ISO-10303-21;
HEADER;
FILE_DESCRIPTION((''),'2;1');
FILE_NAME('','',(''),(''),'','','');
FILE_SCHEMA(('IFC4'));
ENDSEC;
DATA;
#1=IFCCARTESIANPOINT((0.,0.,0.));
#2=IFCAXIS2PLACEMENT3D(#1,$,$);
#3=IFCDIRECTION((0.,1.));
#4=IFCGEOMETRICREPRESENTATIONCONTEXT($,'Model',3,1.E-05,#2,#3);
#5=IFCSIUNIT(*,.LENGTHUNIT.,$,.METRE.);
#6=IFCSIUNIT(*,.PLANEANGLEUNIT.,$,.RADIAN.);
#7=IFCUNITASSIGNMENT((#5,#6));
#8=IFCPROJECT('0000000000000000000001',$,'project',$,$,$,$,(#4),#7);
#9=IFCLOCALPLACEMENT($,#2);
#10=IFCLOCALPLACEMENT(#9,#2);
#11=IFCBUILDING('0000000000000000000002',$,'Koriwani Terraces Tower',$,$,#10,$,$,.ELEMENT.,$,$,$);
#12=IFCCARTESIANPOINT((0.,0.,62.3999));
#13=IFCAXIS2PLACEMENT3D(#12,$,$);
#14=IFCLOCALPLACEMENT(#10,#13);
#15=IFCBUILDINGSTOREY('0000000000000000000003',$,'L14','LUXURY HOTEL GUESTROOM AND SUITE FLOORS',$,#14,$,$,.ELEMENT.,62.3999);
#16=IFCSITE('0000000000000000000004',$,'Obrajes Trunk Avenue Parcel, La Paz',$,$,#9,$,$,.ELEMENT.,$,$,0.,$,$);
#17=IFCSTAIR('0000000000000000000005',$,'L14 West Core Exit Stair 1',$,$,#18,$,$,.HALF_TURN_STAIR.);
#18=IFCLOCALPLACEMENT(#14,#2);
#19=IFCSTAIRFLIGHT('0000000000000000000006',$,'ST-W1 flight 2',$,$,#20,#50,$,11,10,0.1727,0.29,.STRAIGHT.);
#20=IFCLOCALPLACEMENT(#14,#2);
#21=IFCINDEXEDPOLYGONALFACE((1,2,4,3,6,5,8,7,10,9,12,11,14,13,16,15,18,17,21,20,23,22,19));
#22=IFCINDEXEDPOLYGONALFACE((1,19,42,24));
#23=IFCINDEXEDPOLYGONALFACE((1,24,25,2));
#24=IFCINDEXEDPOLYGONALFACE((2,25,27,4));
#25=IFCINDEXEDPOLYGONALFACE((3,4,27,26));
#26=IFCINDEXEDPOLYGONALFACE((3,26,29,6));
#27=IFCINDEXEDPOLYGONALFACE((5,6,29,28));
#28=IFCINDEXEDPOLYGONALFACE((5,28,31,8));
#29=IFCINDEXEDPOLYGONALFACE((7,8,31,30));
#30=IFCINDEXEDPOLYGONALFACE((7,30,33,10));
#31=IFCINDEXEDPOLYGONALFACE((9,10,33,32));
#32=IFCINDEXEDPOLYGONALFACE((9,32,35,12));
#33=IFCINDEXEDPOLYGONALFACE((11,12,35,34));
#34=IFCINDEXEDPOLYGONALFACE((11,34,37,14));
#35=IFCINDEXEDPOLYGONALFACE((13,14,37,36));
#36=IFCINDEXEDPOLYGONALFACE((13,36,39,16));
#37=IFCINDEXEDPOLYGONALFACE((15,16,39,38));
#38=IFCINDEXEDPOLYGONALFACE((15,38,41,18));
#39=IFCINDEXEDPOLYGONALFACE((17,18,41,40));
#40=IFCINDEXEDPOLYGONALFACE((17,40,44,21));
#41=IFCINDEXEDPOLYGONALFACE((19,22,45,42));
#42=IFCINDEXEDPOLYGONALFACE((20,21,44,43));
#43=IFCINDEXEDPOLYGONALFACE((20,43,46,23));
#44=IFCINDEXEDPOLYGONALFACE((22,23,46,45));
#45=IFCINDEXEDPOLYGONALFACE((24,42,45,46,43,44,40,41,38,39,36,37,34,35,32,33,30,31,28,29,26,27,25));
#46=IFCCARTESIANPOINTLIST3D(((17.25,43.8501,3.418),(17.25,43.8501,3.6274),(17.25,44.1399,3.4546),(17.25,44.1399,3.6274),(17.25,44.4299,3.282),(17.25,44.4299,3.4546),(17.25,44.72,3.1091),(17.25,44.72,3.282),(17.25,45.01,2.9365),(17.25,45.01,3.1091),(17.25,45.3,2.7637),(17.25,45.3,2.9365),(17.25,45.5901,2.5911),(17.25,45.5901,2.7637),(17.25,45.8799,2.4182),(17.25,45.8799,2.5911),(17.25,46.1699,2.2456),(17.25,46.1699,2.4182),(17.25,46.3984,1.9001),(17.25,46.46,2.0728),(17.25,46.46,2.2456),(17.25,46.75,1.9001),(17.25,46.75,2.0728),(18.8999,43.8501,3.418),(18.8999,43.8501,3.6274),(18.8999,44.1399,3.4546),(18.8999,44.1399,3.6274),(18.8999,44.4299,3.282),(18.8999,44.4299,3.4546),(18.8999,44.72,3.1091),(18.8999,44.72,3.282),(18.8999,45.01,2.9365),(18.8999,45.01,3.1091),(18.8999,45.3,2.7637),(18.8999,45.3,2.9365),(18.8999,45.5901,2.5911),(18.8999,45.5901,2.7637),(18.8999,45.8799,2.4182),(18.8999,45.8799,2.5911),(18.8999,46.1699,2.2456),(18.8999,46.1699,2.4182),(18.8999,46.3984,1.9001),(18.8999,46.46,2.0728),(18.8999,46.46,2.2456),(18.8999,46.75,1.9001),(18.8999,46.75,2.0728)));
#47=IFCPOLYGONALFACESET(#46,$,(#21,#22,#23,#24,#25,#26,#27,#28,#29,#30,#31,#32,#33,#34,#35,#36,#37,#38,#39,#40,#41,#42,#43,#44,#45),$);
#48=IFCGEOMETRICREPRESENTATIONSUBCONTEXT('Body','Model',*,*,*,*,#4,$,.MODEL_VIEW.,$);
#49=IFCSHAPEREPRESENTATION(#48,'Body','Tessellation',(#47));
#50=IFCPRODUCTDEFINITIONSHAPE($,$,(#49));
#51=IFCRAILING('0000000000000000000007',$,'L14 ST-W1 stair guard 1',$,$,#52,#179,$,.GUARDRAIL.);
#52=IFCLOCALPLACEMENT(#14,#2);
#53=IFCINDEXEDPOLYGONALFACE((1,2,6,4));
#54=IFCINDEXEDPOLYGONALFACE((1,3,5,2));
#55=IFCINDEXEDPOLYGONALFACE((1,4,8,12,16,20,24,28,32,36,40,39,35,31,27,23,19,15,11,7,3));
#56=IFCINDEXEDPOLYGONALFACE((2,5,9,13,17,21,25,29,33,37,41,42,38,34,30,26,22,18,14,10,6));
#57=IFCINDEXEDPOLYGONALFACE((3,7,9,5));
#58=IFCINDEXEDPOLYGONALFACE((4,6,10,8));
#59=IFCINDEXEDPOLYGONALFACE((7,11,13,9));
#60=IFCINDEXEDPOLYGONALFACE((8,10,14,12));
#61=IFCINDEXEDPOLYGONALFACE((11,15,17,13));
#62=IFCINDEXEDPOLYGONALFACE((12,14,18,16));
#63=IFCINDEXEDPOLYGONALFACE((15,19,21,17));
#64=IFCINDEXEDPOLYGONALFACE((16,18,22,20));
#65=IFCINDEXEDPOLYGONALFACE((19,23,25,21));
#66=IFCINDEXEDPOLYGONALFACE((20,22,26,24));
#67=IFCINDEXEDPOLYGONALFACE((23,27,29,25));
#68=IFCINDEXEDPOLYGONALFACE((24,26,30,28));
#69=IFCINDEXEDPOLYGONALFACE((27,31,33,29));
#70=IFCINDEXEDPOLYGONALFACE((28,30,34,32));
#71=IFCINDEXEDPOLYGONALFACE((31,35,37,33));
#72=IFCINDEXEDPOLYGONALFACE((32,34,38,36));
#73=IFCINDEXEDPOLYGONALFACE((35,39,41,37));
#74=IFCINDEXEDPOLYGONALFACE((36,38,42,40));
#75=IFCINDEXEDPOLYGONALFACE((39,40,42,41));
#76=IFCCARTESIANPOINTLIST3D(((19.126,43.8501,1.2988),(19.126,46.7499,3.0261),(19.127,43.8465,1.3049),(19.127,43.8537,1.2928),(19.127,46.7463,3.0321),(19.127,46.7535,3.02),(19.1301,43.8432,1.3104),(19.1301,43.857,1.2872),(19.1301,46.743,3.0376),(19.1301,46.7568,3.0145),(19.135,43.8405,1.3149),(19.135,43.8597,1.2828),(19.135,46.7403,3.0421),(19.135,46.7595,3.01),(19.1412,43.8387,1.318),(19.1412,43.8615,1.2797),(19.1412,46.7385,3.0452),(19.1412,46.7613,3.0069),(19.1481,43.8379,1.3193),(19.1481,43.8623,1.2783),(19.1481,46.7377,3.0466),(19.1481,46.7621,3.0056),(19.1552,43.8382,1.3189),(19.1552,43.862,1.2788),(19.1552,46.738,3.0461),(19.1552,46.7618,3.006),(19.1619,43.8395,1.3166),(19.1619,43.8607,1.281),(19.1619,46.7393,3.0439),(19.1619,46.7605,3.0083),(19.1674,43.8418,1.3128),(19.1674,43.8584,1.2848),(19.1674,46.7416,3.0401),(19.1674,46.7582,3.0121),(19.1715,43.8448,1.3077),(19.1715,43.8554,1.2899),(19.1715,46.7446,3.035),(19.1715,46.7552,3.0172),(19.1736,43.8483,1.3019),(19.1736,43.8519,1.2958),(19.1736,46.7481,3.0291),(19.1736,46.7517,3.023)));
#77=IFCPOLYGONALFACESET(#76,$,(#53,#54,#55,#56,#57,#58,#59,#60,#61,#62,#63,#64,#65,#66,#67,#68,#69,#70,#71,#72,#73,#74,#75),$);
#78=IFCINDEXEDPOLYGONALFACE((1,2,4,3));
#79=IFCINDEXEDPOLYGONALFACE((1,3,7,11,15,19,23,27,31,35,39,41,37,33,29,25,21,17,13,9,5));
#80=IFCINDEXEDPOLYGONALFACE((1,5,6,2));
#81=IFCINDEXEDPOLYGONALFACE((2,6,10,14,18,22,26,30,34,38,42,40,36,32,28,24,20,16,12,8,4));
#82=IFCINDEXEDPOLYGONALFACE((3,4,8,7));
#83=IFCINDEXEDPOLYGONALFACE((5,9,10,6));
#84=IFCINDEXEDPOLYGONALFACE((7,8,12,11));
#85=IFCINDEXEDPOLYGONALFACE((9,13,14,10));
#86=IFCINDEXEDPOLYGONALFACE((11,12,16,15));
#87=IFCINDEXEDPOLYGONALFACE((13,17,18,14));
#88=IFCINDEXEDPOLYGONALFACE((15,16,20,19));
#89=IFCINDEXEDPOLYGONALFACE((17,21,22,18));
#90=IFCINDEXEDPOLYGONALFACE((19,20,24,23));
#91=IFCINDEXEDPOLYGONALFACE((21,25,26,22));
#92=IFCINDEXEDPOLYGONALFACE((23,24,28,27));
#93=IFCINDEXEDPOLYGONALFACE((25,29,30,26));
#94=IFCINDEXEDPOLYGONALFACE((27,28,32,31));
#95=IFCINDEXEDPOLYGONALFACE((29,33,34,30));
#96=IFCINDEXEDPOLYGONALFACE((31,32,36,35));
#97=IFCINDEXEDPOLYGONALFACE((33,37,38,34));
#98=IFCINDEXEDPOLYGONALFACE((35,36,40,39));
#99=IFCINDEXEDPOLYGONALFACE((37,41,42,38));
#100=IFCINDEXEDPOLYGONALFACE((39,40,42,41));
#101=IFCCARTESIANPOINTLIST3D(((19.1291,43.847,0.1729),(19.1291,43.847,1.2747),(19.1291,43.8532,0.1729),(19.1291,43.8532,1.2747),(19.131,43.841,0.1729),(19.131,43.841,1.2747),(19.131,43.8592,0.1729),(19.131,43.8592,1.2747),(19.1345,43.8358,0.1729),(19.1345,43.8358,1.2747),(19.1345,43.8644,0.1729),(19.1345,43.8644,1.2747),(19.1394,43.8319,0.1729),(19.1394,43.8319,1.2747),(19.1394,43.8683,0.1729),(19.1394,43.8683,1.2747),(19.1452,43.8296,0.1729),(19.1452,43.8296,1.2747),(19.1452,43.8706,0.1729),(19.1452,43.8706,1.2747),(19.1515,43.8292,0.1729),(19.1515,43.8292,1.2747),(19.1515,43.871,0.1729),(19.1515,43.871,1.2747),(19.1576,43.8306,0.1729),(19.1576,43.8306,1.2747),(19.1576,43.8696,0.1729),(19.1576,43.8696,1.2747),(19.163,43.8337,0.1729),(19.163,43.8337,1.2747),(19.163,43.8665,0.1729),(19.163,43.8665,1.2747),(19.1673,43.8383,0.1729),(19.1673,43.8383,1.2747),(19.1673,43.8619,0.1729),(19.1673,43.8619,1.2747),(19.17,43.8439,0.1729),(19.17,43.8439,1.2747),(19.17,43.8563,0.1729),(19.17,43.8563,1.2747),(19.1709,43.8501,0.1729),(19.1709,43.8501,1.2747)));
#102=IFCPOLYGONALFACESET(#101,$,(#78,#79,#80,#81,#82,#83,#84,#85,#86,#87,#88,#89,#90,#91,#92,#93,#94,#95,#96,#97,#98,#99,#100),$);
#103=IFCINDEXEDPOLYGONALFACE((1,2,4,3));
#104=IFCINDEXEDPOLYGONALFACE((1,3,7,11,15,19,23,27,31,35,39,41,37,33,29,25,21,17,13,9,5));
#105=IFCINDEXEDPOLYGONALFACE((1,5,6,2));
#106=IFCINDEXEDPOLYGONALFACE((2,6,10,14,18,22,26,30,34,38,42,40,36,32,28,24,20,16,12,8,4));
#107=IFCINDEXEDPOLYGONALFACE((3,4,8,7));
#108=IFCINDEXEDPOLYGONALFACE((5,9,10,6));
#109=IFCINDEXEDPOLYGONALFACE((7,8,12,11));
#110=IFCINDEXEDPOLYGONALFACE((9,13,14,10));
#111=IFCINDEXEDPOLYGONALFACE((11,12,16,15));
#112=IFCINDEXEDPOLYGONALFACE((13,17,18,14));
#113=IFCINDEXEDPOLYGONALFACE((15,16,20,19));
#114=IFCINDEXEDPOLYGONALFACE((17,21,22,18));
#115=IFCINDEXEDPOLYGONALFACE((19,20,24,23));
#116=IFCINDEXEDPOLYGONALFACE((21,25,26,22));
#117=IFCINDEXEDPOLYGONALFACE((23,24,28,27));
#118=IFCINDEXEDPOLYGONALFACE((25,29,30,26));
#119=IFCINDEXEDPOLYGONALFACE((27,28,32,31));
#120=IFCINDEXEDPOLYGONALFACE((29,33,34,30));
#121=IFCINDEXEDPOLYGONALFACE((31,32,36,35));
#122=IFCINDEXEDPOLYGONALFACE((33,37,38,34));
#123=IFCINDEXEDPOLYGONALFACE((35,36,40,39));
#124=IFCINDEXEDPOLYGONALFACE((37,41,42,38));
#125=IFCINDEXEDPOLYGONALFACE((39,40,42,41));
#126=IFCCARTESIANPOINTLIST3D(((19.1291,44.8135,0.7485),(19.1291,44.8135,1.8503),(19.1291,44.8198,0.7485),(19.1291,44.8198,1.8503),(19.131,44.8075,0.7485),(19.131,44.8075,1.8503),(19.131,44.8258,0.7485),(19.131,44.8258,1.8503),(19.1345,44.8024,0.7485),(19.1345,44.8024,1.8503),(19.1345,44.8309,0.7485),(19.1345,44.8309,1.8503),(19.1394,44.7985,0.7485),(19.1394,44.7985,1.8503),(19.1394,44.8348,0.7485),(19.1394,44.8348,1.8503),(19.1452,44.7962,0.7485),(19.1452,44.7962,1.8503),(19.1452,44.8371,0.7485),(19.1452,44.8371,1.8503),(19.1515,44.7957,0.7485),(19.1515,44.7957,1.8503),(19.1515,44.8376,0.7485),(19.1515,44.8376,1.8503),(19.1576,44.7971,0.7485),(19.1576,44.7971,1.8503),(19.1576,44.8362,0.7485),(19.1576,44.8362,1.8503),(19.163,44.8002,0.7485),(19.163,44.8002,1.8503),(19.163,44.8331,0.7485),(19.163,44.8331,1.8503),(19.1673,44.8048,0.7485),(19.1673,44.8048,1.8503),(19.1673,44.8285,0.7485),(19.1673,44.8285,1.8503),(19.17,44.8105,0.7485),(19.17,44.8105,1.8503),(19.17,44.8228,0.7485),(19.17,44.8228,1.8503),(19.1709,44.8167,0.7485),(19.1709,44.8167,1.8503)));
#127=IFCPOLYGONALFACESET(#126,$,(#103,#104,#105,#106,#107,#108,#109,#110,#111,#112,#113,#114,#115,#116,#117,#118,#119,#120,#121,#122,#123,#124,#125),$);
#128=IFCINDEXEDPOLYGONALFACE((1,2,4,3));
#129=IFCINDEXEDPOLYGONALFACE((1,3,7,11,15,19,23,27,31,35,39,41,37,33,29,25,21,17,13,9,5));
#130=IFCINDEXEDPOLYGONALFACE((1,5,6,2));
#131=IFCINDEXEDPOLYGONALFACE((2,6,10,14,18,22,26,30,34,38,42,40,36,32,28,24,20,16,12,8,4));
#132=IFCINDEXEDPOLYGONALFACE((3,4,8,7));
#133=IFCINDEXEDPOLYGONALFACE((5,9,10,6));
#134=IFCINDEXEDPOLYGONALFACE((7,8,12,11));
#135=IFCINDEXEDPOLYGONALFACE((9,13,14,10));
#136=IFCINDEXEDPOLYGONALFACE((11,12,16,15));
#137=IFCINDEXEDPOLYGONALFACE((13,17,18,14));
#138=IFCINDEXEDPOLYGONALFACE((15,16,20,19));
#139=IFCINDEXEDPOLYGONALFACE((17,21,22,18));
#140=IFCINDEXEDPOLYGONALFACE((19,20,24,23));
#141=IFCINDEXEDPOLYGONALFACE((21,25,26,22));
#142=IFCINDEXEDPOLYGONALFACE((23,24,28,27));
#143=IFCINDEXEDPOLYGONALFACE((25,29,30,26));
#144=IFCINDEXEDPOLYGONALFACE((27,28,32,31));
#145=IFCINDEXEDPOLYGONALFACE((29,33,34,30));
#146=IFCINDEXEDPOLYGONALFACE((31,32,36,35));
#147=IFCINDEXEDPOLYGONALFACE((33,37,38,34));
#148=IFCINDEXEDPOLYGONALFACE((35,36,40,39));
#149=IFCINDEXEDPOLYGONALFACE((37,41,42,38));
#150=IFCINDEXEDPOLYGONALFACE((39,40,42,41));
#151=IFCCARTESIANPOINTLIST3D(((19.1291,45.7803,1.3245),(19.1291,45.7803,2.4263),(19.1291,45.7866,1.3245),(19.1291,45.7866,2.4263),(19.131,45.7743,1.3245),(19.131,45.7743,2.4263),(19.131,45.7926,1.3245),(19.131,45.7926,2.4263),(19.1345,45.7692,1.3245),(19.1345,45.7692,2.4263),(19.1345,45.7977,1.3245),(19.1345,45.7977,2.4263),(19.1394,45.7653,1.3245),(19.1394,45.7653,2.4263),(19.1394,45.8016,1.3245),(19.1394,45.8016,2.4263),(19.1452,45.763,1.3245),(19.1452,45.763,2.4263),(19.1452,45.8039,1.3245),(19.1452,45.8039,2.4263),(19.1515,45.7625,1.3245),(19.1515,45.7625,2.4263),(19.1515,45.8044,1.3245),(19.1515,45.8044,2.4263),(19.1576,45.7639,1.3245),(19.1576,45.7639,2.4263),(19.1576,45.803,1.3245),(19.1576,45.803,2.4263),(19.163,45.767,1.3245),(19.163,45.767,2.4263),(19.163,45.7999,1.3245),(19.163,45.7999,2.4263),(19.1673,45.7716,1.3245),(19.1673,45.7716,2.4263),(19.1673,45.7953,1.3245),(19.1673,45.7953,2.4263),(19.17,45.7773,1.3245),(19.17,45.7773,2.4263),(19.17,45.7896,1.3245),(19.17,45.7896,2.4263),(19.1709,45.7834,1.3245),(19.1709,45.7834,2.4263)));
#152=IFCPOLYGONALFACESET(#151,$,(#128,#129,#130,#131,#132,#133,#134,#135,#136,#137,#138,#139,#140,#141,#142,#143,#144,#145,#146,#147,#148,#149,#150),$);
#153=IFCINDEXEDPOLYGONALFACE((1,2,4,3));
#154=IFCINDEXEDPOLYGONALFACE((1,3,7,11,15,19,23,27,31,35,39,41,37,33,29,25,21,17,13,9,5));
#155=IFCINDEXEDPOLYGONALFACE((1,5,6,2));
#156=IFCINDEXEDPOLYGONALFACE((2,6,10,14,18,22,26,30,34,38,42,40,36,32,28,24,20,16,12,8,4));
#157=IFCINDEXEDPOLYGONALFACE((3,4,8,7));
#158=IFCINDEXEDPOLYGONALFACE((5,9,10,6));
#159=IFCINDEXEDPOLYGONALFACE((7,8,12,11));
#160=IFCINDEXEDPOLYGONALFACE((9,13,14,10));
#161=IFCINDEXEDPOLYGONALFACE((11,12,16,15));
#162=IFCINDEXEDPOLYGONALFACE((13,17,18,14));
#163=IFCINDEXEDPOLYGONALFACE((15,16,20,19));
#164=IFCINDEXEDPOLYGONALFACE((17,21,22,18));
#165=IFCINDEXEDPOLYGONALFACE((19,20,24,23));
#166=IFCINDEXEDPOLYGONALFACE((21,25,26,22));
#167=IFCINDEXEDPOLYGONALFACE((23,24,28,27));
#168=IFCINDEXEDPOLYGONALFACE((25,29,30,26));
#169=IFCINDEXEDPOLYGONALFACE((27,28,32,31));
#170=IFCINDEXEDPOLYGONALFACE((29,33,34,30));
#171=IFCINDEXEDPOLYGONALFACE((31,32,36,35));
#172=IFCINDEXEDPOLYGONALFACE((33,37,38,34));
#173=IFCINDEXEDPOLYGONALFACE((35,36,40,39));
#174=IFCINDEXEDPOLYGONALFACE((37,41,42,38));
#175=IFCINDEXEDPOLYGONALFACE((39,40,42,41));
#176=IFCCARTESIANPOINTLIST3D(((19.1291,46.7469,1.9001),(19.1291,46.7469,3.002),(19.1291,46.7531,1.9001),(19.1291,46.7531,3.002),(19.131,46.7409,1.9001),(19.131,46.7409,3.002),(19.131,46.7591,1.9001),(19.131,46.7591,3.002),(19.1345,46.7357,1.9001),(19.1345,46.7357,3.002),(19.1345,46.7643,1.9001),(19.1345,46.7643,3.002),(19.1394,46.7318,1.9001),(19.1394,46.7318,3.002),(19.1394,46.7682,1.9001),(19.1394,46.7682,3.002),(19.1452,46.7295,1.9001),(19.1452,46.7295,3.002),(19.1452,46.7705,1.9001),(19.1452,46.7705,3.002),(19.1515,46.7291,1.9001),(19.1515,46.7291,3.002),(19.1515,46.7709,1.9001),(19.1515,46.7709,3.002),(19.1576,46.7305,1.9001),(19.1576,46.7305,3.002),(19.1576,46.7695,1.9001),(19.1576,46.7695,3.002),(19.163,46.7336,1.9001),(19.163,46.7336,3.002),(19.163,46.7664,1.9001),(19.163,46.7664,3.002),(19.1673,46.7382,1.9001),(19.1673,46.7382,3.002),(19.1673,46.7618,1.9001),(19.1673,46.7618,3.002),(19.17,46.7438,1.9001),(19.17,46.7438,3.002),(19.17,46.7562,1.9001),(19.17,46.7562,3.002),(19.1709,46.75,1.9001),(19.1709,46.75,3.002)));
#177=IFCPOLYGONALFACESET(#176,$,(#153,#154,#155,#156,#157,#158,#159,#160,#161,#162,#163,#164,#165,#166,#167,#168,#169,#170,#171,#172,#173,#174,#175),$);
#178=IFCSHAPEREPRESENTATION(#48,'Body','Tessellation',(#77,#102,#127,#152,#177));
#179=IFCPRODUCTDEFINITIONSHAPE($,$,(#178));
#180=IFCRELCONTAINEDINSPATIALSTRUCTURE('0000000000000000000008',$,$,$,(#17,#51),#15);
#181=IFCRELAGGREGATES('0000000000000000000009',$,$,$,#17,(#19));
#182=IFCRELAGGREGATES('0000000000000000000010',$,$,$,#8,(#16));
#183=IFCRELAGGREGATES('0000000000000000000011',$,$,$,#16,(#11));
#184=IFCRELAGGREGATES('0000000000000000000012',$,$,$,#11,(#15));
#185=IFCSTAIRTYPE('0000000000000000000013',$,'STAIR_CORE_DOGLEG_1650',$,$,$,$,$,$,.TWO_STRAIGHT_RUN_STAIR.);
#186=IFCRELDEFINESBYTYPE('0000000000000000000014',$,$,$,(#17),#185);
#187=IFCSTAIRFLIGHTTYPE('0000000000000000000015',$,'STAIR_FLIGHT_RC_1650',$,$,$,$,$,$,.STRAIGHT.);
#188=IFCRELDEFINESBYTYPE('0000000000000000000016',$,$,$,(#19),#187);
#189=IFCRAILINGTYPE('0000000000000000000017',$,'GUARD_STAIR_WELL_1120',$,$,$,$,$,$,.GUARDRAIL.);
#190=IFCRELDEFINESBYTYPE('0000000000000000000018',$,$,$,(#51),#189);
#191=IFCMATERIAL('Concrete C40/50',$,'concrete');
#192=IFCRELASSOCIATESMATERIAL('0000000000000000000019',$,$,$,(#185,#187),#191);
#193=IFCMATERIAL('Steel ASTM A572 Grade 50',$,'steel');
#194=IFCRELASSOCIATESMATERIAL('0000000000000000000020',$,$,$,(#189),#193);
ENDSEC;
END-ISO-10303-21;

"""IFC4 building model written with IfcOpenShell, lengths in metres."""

from ifc_helpers import new_model, si_unit, direction, frame, origin, origin_2d, place, context, subcontext, project, spatial, polyline, circle, outline, extrude, material, type_object, element, aggregate, save


model = new_model("IFC4")

# Units and contexts
model_context = context("Model", 3, precision=1e-05, world=origin(), true_north=direction((0.0, 1.0)))
body_context = subcontext(model_context, "Body", "Model", "MODEL_VIEW")
ifc_project = project(units=[si_unit("LENGTHUNIT", "METRE"), si_unit("PLANEANGLEUNIT", "RADIAN")], contexts=[model_context])

# Site, building, storey
site_placement = place(None, origin())
site = spatial("IfcSite", under=ifc_project, at=site_placement, Name="Obrajes Trunk Avenue Parcel, La Paz", CompositionType="ELEMENT", RefElevation=0.0)
building_placement = place(site_placement, origin())
building = spatial("IfcBuilding", under=site, at=building_placement, Name="Koriwani Terraces Tower", CompositionType="ELEMENT")
storey_placement = place(building_placement, frame((0.0, 0.0, 62.3999)))
storey = spatial("IfcBuildingStorey", under=building, at=storey_placement, Name="L14", Description="LUXURY HOTEL GUESTROOM AND SUITE FLOORS", CompositionType="ELEMENT", Elevation=62.3999)

# Shared definitions
ifc_material_1 = material(Name="Steel ASTM A572 Grade 50", Category="steel")

# Shared definitions
ifc_material_2 = material(Name="Concrete C40/50", Category="concrete")

# Stair, stair flight
stair_type = type_object("IfcStairType", Name="STAIR_CORE_DOGLEG_1650", PredefinedType="TWO_STRAIGHT_RUN_STAIR", material=ifc_material_2)
stair_placement = place(storey_placement, origin())
stair = element("IfcStair", 1, at=stair_placement, inside=storey, type_object=stair_type, Name="L14 West Core Exit Stair 1", PredefinedType="HALF_TURN_STAIR")
stair_flight_type = type_object("IfcStairFlightType", Name="STAIR_FLIGHT_RC_1650", PredefinedType="STRAIGHT", material=ifc_material_2)
stair_flight_1_placement = place(storey_placement, frame((18.075, 46.75, 1.9001), z_axis=(0.0, 0.0, 1.0), x_axis=(0.0, -1.0, 0.0)))
stair_flight_1 = element("IfcStairFlight", 2, at=stair_flight_1_placement, type_object=stair_flight_type, Name="ST-W1 flight 2", NumberOfRisers=11, NumberOfTreads=10, PredefinedType="STRAIGHT", RiserHeight=0.1727, TreadLength=0.29, context=body_context, shape_type="SweptSolid", body=[
    extrude(outline(polyline([(0.0, 0.0), (0.0, 0.1726), (0.29, 0.1726), (0.29, 0.3455), (0.5801, 0.3455), (0.5801, 0.5181), (0.8701, 0.5181), (0.8701, 0.6909), (1.1599, 0.6909), (1.1599, 0.8635), (1.45, 0.8635), (1.45, 1.0364), (1.74, 1.0364), (1.74, 1.209), (2.03, 1.209), (2.03, 1.3818), (2.3201, 1.3818), (2.3201, 1.5544), (2.6101, 1.5544), (2.6101, 1.7273), (2.8999, 1.7273), (2.8999, 1.8999), (2.8999, 1.5178), (0.3516, 0.0), (0.0, 0.0)])), frame((0.0, 0.825, 0.0), z_axis=(0.0, -1.0, 0.0), x_axis=(1.0, 0.0, 0.0)), (0.0, 0.0, 1.0), 1.6499),
])
aggregate(stair, [stair_flight_1])

# Railing
railing_type_1 = type_object("IfcRailingType", Name="GUARD_STAIR_WELL_1120", PredefinedType="GUARDRAIL", material=ifc_material_1)
railing_1_placement = place(storey_placement, frame((19.1499, 43.8501, 0.1729)))
element("IfcRailing", 3, at=railing_1_placement, inside=storey, type_object=railing_type_1, Name="L14 ST-W1 stair guard 1", PredefinedType="GUARDRAIL", context=body_context, shape_type="SweptSolid", body=[
    extrude(circle(Radius=0.0239, at=origin_2d()), frame((0.0, 0.0, 1.126), z_axis=(0.0, 0.859141, 0.511738), x_axis=(-1.0, 0.0, 0.0)), (0.0, 0.0, 1.0), 3.3752),
    extrude(circle(Radius=0.021, at=origin_2d()), origin(), (0.0, 0.0, 1.0), 1.1018),
    extrude(circle(Radius=0.021, at=origin_2d()), frame((0.0, 0.9666, 0.5757)), (0.0, 0.0, 1.0), 1.1018),
    extrude(circle(Radius=0.021, at=origin_2d()), frame((0.0, 1.9333, 1.1516)), (0.0, 0.0, 1.0), 1.1018),
    extrude(circle(Radius=0.021, at=origin_2d()), frame((0.0, 2.8999, 1.7273)), (0.0, 0.0, 1.0), 1.1018),
])

save(model, "model.ifc")
